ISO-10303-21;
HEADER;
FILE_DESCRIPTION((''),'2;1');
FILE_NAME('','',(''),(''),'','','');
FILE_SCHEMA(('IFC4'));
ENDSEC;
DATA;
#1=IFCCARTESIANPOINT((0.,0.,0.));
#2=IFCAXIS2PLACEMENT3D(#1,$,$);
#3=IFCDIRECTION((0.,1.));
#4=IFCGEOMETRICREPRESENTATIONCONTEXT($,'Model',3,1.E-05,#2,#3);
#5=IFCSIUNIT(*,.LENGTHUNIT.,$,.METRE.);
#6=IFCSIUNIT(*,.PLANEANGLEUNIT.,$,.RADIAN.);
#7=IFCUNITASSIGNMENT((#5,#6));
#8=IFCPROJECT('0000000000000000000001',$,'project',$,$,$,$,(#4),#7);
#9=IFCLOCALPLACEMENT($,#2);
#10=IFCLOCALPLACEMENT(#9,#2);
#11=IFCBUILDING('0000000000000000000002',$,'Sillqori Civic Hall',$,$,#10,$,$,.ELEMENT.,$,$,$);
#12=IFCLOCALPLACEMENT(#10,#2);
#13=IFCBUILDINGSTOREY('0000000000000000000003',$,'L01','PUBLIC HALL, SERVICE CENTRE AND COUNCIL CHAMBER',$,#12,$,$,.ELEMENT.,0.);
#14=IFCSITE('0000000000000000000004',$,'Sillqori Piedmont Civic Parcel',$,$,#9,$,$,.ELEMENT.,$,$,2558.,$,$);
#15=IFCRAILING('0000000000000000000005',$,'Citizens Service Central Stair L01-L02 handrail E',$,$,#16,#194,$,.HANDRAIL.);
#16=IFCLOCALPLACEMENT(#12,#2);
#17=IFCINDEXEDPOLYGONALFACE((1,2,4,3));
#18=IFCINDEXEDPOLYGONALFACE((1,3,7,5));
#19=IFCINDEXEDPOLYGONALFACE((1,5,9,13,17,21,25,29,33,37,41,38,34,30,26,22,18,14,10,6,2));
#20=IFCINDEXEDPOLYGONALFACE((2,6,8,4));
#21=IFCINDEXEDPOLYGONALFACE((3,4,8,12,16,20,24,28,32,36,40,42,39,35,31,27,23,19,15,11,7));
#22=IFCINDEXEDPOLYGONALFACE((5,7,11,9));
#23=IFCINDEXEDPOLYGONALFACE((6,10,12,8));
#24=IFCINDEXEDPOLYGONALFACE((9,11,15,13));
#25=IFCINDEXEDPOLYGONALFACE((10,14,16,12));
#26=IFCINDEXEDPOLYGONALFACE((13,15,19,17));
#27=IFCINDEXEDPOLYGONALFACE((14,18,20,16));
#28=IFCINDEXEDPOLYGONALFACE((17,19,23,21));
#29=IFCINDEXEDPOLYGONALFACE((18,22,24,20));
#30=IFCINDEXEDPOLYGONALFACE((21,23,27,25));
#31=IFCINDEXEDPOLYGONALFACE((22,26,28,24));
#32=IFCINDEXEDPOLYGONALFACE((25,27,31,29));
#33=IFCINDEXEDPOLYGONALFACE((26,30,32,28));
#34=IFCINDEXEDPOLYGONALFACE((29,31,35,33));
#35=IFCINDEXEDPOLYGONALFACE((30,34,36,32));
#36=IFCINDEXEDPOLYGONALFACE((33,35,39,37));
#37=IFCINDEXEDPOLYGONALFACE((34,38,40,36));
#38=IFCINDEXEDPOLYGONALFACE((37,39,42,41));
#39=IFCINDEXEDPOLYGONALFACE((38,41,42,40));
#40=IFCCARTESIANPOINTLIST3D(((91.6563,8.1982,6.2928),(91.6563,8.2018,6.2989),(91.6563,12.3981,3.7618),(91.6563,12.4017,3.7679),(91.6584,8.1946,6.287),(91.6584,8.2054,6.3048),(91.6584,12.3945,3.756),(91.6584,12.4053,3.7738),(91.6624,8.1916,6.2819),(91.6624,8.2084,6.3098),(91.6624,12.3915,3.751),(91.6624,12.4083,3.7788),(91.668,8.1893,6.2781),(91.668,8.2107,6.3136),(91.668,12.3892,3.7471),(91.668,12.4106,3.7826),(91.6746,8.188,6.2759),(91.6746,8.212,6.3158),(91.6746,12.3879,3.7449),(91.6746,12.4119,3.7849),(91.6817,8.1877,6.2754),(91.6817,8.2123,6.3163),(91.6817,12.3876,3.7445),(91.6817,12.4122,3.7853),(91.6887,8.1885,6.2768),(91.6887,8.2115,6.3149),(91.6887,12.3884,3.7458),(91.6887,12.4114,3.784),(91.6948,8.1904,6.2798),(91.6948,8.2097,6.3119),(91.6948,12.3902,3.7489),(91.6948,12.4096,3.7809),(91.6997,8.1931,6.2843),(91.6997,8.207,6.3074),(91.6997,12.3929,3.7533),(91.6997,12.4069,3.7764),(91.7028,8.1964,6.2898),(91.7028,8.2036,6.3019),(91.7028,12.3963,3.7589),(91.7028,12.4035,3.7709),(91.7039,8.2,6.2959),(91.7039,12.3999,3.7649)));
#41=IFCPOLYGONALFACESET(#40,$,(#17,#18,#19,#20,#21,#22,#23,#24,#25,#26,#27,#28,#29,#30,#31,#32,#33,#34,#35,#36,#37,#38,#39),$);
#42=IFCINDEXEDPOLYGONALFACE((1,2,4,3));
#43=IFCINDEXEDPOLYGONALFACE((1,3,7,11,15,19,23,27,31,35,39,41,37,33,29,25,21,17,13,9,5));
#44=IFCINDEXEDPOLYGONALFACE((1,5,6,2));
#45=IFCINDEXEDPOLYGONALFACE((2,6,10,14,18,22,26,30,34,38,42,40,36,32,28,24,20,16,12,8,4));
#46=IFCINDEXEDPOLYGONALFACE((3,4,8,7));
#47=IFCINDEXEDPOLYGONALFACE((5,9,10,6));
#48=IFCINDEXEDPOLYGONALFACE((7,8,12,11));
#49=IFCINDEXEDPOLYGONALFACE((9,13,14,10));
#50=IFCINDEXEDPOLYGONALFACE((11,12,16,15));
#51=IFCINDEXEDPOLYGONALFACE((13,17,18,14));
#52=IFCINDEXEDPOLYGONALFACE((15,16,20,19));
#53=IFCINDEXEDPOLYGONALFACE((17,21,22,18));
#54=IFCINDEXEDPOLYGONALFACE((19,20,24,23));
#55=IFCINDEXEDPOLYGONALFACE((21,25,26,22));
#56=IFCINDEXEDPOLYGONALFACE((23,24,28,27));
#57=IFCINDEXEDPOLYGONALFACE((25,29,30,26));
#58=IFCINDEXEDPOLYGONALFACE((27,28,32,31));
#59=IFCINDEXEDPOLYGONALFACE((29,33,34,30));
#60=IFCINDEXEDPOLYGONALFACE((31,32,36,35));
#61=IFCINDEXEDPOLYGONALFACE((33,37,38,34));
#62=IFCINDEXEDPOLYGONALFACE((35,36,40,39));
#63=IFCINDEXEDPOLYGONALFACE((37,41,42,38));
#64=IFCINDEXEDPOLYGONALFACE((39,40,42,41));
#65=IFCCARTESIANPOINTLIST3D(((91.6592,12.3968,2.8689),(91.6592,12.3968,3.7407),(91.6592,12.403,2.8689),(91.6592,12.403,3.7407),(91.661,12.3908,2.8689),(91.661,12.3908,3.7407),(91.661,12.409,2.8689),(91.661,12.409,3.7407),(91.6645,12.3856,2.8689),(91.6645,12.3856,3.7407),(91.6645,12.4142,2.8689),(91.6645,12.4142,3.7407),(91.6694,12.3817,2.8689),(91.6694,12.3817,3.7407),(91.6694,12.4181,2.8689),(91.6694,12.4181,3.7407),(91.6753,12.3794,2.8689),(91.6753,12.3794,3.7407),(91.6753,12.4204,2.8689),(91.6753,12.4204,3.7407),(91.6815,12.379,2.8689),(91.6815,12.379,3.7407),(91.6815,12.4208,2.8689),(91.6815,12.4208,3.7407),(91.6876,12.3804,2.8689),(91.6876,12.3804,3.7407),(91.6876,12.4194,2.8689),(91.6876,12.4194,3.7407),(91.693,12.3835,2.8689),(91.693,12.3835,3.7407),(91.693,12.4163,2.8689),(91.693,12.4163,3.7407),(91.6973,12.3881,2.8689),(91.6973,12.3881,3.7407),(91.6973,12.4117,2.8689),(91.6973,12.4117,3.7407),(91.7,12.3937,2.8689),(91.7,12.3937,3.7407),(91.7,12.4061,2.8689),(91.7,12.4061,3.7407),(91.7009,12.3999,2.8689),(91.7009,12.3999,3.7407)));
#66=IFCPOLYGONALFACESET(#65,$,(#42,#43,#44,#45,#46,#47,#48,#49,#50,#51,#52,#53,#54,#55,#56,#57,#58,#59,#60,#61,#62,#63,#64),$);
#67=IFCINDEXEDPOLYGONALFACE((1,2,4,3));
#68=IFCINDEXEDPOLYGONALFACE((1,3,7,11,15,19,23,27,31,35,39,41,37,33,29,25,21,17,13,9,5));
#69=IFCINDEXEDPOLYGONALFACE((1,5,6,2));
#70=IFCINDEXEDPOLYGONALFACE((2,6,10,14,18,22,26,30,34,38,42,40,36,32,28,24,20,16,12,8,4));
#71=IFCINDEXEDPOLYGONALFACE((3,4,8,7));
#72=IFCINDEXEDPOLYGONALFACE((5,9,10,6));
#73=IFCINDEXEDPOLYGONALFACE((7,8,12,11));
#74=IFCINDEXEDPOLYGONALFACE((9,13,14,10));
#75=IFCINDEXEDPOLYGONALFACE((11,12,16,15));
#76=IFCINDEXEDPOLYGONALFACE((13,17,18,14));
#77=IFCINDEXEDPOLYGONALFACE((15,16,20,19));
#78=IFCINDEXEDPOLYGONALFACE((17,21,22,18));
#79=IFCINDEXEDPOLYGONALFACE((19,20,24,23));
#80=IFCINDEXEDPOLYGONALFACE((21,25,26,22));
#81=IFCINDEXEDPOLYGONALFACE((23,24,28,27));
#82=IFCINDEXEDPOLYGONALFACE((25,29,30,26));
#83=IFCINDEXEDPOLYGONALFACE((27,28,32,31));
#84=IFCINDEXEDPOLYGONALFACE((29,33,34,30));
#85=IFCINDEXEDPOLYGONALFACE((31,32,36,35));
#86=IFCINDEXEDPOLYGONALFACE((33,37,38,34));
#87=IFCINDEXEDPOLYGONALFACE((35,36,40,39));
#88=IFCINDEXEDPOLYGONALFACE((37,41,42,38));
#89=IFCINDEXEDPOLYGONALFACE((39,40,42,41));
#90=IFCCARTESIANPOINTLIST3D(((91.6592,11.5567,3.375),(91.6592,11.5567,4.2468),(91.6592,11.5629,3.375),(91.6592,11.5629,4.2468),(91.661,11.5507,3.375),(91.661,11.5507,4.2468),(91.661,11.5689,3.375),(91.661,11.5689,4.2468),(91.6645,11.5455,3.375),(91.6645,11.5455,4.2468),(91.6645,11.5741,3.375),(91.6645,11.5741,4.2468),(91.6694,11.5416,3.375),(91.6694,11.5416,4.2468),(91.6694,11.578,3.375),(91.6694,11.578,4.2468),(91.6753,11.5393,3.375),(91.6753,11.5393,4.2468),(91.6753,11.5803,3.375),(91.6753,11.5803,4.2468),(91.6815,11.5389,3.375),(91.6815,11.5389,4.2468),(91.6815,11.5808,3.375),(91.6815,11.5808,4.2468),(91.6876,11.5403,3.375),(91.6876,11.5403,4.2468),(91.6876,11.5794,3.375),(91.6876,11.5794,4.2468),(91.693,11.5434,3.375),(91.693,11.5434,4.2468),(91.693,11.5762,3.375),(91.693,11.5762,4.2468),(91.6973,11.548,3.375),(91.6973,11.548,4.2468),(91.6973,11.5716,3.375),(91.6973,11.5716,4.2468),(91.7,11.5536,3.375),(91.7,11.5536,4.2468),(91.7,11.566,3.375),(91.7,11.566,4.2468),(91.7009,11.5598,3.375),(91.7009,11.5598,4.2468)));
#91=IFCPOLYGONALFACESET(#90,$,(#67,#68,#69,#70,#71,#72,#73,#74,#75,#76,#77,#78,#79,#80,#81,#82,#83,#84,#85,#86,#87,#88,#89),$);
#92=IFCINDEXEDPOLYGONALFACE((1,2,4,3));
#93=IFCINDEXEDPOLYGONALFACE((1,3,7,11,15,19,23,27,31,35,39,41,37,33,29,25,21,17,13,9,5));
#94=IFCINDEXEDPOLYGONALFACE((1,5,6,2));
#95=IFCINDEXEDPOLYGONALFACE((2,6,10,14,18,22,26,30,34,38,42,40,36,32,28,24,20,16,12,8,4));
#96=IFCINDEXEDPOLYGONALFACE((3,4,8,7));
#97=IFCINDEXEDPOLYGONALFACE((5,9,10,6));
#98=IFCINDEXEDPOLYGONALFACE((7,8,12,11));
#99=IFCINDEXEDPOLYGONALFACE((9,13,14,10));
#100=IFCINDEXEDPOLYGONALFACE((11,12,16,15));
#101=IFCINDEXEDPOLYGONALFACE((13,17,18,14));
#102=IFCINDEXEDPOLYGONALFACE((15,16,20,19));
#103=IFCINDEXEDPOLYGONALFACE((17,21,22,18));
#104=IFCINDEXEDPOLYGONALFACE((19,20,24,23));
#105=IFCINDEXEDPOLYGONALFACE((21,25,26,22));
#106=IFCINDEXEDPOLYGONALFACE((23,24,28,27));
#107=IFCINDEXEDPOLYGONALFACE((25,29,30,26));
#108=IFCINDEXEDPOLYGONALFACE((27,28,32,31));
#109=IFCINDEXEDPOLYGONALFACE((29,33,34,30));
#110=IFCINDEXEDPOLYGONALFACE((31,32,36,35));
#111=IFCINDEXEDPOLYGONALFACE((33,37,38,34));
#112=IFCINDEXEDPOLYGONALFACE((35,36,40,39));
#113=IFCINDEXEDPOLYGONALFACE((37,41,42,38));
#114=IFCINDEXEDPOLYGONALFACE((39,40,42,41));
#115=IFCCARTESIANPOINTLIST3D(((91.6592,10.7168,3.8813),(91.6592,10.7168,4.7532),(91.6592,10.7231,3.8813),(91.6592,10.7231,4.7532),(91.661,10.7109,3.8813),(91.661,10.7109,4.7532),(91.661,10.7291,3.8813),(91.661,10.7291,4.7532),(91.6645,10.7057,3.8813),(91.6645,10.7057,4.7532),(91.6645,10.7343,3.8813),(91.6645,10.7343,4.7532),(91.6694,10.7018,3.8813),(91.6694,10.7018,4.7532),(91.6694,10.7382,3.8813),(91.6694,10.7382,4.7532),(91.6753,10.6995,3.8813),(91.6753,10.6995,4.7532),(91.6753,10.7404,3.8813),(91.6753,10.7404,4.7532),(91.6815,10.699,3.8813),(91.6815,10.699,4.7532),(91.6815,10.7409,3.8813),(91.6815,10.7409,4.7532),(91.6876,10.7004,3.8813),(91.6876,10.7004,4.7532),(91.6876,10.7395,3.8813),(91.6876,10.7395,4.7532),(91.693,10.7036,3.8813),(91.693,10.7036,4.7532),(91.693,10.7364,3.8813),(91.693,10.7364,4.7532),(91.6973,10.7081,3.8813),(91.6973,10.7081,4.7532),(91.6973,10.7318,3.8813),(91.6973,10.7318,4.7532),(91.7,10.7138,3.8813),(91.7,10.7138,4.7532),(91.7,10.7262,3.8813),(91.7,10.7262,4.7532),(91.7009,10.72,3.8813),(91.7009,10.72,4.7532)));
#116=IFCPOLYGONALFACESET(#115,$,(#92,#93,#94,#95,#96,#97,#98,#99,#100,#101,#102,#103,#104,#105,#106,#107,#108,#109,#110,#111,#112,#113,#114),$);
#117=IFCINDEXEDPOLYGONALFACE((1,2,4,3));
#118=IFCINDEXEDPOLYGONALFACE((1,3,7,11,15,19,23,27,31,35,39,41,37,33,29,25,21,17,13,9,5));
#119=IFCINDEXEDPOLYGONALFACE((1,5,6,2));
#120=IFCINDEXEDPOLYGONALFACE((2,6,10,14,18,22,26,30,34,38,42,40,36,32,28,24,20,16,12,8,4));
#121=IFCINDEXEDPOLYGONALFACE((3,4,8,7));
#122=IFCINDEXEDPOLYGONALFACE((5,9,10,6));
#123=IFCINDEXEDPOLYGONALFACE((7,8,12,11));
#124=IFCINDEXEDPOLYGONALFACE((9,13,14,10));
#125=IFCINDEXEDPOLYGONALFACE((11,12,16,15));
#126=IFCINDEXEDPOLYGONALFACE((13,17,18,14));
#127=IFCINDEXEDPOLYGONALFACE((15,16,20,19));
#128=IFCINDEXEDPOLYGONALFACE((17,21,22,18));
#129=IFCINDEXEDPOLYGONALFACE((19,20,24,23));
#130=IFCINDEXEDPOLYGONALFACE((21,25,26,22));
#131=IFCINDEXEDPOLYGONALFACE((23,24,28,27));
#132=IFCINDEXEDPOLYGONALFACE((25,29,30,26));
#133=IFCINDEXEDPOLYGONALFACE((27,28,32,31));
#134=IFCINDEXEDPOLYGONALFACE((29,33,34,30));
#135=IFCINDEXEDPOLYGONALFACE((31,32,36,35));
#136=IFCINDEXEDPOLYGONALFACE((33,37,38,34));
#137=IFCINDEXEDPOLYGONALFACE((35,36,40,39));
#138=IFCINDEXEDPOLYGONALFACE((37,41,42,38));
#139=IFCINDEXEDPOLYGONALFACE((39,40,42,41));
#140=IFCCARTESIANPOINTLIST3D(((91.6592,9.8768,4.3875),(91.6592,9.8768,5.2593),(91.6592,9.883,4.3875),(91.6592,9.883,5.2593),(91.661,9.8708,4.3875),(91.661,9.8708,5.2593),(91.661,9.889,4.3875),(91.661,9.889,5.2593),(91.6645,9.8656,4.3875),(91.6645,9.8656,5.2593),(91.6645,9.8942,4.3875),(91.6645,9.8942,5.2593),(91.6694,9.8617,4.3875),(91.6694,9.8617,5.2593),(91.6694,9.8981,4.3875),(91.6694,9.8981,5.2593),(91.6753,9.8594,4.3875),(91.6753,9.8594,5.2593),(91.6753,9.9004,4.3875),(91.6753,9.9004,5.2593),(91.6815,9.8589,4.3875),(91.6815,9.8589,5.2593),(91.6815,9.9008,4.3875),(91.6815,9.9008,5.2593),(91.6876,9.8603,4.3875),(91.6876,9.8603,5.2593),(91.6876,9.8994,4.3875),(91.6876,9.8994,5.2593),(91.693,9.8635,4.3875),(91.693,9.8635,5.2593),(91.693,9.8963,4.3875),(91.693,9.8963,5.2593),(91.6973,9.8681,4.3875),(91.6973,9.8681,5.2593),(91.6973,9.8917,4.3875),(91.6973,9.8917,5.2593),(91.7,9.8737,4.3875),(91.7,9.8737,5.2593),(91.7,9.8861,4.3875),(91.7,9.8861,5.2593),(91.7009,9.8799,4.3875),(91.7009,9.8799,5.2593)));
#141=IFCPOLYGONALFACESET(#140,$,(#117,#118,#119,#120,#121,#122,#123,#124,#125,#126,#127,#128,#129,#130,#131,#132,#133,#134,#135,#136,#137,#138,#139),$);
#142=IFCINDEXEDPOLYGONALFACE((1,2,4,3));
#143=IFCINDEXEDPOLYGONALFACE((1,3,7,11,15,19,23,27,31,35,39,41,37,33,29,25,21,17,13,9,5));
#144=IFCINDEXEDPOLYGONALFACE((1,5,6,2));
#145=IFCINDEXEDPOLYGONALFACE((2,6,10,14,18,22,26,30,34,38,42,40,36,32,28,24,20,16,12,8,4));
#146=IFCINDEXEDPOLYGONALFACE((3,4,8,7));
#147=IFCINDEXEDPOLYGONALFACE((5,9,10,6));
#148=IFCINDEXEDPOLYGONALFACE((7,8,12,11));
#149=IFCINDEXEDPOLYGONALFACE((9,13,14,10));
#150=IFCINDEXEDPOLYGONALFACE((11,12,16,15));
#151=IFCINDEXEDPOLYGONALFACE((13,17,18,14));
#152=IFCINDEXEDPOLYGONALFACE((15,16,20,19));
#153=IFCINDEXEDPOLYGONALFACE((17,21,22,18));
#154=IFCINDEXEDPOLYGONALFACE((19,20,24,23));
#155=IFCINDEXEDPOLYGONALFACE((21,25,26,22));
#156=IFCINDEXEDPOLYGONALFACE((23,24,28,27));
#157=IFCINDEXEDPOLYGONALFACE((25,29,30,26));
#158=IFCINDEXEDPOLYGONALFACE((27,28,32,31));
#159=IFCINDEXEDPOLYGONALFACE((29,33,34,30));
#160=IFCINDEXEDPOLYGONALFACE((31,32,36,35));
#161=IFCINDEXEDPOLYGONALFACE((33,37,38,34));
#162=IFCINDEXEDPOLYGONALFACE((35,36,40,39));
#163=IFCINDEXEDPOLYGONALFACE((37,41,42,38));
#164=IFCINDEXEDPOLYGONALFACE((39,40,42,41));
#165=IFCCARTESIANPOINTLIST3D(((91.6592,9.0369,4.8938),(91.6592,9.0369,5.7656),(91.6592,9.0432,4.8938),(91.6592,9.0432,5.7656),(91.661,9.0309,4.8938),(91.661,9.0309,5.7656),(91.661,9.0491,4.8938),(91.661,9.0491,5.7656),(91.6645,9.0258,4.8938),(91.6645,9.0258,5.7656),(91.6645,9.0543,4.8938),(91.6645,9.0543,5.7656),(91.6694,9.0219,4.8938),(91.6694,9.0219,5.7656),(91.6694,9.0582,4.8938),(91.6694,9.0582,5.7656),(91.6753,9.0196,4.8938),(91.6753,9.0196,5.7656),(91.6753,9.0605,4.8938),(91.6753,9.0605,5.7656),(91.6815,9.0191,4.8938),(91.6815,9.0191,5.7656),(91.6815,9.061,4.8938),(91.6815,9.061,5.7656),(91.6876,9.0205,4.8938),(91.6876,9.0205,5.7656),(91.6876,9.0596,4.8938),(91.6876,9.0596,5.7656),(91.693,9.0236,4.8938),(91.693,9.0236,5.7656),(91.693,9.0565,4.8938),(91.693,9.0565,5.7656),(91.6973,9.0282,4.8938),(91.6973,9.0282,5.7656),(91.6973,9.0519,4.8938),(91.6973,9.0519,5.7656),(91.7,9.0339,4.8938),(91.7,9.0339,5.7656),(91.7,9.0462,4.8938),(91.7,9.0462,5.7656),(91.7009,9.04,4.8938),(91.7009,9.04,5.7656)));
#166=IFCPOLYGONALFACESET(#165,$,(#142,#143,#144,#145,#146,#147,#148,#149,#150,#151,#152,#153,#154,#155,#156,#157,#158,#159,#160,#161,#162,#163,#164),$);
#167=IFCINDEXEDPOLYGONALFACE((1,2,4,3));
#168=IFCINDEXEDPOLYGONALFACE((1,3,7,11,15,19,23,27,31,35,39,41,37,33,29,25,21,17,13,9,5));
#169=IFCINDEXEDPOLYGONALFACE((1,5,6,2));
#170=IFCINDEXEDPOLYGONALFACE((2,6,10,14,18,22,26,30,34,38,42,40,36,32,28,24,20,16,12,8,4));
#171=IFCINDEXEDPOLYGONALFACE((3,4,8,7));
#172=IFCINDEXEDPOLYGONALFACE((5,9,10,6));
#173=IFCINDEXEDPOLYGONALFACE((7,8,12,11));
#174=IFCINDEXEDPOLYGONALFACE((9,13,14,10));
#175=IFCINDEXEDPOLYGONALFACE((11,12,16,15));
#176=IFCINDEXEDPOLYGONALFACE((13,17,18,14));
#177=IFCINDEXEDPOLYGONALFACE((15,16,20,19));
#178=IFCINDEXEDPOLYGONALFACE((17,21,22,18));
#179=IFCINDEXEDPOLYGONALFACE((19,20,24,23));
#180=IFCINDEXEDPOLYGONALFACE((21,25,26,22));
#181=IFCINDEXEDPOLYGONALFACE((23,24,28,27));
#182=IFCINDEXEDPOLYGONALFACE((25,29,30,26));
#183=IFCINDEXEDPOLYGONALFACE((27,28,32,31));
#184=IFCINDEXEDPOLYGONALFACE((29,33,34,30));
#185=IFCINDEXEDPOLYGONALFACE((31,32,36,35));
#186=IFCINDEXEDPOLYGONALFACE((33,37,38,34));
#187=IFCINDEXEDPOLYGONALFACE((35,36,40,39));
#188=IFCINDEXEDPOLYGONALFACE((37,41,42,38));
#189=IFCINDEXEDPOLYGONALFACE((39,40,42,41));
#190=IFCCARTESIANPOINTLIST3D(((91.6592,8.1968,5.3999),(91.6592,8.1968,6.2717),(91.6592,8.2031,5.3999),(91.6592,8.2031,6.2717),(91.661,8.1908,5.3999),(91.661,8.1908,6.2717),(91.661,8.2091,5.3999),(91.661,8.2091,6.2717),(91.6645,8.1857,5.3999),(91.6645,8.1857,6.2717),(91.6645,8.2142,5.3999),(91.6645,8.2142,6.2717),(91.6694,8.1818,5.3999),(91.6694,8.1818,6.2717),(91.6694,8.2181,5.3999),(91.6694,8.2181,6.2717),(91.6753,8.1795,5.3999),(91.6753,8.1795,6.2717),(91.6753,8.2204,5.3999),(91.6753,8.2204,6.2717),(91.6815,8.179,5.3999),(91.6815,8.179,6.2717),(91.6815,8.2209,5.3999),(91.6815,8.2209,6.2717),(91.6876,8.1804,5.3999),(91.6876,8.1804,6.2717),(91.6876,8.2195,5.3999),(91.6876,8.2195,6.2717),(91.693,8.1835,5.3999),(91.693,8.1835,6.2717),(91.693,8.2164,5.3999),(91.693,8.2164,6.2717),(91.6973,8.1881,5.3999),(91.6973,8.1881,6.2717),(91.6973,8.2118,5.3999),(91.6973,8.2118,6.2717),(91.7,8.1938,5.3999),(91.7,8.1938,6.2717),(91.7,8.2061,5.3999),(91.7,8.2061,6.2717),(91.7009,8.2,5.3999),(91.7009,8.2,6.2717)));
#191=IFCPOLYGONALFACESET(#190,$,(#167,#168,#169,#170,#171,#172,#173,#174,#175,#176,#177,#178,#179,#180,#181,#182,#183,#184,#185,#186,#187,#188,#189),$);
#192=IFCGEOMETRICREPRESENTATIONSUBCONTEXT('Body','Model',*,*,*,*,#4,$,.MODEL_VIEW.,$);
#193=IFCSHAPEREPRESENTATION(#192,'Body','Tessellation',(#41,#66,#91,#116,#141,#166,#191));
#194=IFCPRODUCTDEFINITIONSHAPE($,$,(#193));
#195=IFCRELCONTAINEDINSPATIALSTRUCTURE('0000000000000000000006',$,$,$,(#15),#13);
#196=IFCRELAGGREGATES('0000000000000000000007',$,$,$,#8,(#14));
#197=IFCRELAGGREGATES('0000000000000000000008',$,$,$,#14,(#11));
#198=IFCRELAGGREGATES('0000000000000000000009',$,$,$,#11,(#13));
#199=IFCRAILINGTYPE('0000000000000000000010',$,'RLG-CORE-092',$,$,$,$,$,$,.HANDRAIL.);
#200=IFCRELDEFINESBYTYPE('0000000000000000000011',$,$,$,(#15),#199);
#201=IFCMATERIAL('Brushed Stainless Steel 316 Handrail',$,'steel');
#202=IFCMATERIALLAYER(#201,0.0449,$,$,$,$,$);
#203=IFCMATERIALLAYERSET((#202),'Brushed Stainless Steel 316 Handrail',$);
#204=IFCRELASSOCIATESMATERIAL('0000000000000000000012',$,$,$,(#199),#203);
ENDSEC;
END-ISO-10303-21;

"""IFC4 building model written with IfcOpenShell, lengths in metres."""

from ifc_helpers import new_model, si_unit, direction, frame, origin, origin_2d, place, context, subcontext, project, spatial, circle, extrude, material, layer, layer_set, type_object, element, save


model = new_model("IFC4")

# Units and contexts
model_context = context("Model", 3, precision=1e-05, world=origin(), true_north=direction((0.0, 1.0)))
body_context = subcontext(model_context, "Body", "Model", "MODEL_VIEW")
ifc_project = project(units=[si_unit("LENGTHUNIT", "METRE"), si_unit("PLANEANGLEUNIT", "RADIAN")], contexts=[model_context])

# Site, building, storey
site_placement = place(None, origin())
site = spatial("IfcSite", under=ifc_project, at=site_placement, Name="Sillqori Piedmont Civic Parcel", CompositionType="ELEMENT", RefElevation=2558.0)
building_placement = place(site_placement, origin())
building = spatial("IfcBuilding", under=site, at=building_placement, Name="Sillqori Civic Hall", CompositionType="ELEMENT")
storey_placement = place(building_placement, origin())
storey = spatial("IfcBuildingStorey", under=building, at=storey_placement, Name="L01", Description="PUBLIC HALL, SERVICE CENTRE AND COUNCIL CHAMBER", CompositionType="ELEMENT", Elevation=0.0)

# Railing
ifc_material_1 = material(Name="Brushed Stainless Steel 316 Handrail", Category="steel")
ifc_layer_1 = layer(ifc_material_1, 0.0449)
ifc_layer_set_1 = layer_set([ifc_layer_1], Name="Brushed Stainless Steel 316 Handrail")
railing_type_1 = type_object("IfcRailingType", Name="RLG-CORE-092", PredefinedType="HANDRAIL", material=ifc_layer_set_1)
railing_1_placement = place(storey_placement, frame((91.6799, 12.3999, 2.8689)))
element("IfcRailing", 1, at=railing_1_placement, inside=storey, type_object=railing_type_1, Name="Citizens Service Central Stair L01-L02 handrail E", PredefinedType="HANDRAIL", context=body_context, shape_type="SweptSolid", body=[
    extrude(circle(Radius=0.0239, at=origin_2d()), frame((0.0, 0.0, 0.896), z_axis=(0.0, -0.856499, 0.51615), x_axis=(1.0, 0.0, 0.0)), (0.0, 0.0, 1.0), 4.9036),
    extrude(circle(Radius=0.021, at=origin_2d()), origin(), (0.0, 0.0, 1.0), 0.8718),
    extrude(circle(Radius=0.021, at=origin_2d()), frame((0.0, -0.8401, 0.5061)), (0.0, 0.0, 1.0), 0.8718),
    extrude(circle(Radius=0.021, at=origin_2d()), frame((0.0, -1.6799, 1.0125)), (0.0, 0.0, 1.0), 0.8718),
    extrude(circle(Radius=0.021, at=origin_2d()), frame((0.0, -2.52, 1.5186)), (0.0, 0.0, 1.0), 0.8718),
    extrude(circle(Radius=0.021, at=origin_2d()), frame((0.0, -3.3599, 2.0249)), (0.0, 0.0, 1.0), 0.8718),
    extrude(circle(Radius=0.021, at=origin_2d()), frame((0.0, -4.2, 2.531)), (0.0, 0.0, 1.0), 0.8718),
])

save(model, "model.ifc")
